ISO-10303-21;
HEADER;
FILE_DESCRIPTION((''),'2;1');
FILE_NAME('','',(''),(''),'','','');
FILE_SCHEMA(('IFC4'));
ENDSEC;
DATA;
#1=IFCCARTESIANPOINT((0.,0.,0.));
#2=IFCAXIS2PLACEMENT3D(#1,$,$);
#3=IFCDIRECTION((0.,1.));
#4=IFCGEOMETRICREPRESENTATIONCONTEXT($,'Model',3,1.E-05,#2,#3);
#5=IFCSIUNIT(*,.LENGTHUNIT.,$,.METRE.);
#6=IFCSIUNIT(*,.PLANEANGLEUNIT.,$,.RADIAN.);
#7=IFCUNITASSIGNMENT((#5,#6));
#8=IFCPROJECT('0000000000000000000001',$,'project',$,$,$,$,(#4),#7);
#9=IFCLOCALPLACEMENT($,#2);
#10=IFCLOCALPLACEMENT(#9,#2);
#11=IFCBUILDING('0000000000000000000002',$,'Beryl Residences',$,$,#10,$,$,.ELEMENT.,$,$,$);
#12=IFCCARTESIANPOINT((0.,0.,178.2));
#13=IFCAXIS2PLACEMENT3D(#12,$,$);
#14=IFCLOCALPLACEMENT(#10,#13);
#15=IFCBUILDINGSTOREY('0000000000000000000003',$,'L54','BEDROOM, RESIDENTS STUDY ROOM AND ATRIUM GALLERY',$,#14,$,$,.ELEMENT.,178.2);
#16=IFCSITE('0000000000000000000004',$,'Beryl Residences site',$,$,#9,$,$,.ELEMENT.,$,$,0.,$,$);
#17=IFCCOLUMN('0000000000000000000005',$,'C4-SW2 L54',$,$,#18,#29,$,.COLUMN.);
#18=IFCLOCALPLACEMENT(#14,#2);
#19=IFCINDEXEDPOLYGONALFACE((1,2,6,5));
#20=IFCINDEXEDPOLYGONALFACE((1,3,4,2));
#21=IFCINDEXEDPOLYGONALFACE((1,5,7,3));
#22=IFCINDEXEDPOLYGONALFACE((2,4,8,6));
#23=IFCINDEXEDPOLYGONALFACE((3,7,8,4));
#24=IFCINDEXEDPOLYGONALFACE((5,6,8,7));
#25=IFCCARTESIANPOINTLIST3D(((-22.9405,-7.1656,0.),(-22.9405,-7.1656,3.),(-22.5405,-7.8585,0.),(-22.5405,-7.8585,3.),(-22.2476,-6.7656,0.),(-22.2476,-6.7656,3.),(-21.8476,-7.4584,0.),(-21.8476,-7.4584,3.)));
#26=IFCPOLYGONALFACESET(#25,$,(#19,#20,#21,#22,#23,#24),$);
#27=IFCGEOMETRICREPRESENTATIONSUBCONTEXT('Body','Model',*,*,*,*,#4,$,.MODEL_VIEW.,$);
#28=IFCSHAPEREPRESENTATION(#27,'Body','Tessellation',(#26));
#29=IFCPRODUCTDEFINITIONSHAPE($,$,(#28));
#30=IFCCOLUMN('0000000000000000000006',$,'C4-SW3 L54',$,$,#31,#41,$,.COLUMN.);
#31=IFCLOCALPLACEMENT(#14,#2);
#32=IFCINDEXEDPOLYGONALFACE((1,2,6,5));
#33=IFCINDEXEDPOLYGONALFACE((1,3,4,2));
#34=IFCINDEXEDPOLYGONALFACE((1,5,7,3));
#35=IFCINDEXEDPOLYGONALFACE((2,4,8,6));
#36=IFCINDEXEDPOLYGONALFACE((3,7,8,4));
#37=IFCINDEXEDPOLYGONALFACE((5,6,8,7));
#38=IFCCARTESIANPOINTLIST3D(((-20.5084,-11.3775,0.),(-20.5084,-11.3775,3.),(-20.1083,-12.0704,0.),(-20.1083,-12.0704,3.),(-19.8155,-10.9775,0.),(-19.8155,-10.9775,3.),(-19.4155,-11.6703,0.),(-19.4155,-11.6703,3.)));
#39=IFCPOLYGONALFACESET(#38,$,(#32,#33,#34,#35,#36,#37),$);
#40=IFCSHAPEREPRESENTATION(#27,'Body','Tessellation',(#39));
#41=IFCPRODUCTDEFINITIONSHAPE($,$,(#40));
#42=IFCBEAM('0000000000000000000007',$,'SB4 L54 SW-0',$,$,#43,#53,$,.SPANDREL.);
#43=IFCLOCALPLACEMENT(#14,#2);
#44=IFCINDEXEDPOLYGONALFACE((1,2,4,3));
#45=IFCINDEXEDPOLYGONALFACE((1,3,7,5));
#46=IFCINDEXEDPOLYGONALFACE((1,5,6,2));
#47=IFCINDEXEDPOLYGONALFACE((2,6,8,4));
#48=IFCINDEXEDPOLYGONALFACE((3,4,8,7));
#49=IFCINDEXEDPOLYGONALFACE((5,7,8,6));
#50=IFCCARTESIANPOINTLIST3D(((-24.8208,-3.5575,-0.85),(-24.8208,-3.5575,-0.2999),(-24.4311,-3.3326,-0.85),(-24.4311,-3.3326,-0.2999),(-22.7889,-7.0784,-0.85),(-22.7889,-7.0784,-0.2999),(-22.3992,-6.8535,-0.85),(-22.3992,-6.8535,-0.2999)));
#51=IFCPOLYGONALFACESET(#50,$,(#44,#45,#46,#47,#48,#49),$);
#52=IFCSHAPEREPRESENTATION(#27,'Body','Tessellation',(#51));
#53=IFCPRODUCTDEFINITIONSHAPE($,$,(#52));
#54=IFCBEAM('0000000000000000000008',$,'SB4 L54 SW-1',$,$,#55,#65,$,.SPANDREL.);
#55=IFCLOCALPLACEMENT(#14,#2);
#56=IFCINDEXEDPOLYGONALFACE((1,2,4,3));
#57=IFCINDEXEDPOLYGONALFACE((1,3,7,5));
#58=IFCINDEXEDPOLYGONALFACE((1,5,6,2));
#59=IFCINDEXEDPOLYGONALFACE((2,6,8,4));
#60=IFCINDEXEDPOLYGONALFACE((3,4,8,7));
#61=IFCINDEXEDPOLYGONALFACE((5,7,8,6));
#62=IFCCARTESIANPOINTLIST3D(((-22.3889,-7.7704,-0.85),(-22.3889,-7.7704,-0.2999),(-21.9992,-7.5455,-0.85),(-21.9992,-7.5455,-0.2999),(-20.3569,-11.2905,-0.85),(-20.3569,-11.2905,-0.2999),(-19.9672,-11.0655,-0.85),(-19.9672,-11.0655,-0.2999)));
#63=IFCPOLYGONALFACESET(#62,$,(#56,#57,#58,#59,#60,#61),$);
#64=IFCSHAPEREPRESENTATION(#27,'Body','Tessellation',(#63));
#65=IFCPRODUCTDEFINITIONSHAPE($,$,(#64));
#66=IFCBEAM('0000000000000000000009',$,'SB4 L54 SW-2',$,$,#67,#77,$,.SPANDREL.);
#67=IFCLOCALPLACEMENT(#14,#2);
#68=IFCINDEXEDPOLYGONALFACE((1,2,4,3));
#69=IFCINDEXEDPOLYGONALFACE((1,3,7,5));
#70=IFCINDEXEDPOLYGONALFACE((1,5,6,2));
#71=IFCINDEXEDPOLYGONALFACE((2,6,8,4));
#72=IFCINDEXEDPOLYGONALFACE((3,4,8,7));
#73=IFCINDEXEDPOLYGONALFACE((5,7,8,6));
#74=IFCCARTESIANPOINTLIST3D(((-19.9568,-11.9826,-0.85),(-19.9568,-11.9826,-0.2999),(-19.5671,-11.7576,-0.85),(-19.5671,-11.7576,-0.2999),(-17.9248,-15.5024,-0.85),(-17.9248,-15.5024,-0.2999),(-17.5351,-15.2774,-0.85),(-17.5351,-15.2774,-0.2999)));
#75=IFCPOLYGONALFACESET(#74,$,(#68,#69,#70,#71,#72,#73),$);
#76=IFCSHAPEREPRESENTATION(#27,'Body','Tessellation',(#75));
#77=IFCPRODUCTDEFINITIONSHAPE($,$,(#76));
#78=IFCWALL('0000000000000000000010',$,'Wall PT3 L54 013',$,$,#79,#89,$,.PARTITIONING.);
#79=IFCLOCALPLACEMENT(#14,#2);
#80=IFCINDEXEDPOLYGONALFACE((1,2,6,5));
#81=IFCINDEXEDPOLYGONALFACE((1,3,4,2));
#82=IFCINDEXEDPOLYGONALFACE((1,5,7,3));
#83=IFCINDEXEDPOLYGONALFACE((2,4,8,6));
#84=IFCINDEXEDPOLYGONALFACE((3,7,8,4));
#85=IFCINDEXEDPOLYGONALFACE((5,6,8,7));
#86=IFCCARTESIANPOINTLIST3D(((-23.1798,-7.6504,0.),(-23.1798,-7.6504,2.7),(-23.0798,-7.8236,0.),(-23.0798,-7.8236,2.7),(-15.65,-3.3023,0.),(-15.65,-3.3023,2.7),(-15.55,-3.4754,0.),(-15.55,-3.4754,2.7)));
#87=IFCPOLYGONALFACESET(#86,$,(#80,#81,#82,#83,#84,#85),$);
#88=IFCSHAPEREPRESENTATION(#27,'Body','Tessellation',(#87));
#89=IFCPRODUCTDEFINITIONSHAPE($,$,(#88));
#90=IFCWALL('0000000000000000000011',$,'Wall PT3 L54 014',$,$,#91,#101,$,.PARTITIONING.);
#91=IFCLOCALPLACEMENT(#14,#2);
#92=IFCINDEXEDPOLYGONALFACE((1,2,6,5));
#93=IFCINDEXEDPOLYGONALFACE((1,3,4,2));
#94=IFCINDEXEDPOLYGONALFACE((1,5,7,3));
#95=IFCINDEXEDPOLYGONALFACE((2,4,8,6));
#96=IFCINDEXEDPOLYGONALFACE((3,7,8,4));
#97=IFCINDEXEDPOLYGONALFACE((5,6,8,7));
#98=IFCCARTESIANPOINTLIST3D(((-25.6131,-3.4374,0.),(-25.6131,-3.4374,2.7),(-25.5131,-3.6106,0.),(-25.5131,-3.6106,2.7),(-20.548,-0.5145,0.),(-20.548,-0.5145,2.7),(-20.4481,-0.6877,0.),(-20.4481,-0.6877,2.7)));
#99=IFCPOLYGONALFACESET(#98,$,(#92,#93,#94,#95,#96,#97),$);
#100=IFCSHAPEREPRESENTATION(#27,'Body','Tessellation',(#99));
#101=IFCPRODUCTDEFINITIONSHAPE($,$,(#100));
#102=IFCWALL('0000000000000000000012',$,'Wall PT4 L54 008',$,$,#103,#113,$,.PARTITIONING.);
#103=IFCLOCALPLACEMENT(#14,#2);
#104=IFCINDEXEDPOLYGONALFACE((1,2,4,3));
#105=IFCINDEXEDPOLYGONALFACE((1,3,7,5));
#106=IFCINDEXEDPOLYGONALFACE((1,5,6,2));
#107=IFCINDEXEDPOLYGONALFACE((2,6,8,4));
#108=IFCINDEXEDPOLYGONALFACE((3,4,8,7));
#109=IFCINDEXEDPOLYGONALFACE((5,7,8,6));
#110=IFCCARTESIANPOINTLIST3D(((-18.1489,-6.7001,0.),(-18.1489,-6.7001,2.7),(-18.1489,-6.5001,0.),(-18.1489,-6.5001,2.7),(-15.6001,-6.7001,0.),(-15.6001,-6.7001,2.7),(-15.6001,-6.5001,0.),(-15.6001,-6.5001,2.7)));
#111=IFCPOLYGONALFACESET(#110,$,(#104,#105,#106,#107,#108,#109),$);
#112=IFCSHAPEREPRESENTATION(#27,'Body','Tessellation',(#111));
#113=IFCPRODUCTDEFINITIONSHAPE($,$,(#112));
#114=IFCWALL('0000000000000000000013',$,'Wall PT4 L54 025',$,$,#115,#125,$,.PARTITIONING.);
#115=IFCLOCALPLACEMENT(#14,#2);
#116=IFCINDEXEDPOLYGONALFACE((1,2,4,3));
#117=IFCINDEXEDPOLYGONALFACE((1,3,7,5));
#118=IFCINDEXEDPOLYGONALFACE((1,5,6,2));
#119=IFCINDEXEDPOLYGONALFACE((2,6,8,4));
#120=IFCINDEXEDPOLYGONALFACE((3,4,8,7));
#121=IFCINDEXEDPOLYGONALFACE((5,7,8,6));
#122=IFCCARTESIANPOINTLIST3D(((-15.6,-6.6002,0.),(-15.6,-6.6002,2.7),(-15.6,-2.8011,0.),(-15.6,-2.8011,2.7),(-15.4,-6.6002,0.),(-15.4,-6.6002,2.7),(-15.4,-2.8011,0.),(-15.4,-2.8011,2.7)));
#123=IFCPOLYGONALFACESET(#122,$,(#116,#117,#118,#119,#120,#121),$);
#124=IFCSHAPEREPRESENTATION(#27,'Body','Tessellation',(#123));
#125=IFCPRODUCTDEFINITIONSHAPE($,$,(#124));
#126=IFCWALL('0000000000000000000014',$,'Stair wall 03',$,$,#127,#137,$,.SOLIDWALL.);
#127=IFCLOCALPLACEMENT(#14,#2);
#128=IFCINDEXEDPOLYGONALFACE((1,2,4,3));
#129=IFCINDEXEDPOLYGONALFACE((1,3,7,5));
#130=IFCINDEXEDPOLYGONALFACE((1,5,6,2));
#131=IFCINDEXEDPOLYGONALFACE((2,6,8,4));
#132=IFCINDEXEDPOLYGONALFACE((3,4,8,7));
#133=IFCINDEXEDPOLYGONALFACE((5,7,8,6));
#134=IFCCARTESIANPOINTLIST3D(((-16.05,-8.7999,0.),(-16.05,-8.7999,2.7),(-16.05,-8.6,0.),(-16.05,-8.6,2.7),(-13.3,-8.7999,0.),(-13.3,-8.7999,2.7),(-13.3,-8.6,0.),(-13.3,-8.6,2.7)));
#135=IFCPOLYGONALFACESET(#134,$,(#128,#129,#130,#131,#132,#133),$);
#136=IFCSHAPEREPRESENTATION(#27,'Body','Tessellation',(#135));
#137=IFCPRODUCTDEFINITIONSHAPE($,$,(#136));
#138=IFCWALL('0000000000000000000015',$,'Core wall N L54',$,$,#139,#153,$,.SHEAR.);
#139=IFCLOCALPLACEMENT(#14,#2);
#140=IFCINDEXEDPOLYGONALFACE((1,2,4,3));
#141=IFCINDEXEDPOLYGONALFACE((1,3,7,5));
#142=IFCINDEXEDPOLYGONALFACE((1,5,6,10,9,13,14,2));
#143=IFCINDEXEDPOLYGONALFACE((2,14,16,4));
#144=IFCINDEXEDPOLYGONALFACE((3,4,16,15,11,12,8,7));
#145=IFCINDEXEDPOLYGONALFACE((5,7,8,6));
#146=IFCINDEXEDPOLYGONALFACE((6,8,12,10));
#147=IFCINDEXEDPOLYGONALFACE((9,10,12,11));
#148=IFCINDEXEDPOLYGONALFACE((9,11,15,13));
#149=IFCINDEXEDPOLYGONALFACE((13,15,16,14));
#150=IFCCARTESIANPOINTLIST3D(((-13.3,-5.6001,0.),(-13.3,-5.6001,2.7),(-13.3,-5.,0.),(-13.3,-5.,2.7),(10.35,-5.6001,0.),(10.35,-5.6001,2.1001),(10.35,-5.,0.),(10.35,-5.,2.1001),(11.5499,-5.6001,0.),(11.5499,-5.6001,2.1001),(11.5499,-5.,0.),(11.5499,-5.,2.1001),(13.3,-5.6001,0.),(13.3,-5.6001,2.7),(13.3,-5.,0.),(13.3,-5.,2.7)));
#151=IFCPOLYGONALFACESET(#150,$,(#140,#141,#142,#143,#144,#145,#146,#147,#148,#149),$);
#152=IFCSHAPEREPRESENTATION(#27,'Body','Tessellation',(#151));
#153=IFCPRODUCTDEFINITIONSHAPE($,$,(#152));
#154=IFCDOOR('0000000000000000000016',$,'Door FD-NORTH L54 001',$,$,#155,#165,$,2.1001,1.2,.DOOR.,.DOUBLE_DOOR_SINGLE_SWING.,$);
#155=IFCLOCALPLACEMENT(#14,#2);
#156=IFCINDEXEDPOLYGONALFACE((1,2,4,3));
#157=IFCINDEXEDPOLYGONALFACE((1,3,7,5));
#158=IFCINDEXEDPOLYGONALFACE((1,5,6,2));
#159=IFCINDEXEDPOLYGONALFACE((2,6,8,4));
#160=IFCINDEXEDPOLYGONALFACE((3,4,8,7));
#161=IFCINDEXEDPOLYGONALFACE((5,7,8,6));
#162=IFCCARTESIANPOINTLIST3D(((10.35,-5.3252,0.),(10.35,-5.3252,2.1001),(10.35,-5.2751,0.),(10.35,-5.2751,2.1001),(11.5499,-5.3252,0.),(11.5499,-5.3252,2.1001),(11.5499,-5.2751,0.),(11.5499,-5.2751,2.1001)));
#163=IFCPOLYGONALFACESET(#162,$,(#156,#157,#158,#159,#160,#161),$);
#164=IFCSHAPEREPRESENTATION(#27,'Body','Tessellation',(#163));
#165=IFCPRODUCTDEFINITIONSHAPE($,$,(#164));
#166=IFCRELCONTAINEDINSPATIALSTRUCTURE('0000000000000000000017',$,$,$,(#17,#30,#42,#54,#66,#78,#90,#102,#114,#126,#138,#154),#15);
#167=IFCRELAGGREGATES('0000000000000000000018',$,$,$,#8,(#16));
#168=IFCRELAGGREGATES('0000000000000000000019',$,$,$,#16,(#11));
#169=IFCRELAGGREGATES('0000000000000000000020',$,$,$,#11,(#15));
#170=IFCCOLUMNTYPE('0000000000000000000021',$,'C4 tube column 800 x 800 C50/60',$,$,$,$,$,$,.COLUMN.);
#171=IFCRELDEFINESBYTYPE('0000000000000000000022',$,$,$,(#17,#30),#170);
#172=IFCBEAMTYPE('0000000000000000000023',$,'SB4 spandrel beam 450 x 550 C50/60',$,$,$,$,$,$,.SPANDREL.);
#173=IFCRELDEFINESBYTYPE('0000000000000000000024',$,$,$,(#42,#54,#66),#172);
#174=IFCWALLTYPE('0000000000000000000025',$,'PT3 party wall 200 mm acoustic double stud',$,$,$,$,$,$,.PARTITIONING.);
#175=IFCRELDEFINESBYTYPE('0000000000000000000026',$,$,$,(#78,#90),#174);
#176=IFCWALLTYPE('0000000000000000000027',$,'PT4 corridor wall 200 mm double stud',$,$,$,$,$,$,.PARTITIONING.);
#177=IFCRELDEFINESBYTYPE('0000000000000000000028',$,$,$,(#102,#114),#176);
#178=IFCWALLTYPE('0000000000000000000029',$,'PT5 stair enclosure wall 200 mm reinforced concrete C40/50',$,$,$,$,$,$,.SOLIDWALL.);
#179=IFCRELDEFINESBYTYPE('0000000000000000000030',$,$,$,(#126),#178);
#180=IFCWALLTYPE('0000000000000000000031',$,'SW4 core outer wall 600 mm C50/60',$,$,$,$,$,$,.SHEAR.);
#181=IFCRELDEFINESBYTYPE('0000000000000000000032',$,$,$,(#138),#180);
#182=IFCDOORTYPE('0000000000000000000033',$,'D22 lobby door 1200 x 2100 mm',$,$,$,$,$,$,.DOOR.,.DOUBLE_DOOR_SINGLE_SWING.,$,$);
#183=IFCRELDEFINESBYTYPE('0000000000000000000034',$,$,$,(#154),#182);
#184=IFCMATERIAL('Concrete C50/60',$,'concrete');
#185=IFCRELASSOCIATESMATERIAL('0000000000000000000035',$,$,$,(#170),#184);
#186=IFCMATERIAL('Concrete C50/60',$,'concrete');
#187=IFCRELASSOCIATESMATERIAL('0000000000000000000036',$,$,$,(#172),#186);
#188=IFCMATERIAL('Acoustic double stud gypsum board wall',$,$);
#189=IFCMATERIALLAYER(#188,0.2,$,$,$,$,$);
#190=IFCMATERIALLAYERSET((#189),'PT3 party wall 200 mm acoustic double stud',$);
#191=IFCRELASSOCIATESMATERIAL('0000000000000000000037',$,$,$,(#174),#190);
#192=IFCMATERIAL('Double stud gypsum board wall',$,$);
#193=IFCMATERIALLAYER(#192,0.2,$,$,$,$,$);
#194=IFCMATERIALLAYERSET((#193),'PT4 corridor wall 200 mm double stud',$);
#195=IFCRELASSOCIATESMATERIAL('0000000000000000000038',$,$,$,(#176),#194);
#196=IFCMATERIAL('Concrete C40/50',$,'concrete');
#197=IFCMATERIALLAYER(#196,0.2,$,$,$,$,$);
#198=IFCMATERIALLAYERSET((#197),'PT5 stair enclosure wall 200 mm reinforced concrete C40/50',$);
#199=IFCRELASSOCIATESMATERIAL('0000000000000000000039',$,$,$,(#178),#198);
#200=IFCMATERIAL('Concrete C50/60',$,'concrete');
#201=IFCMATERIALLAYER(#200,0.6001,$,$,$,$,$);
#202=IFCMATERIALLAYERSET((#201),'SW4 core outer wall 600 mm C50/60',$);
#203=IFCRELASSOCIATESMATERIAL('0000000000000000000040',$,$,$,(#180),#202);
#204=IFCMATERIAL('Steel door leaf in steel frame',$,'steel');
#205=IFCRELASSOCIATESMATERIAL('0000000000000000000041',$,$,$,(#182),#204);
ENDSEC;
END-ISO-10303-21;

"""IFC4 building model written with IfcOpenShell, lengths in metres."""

from ifc_helpers import new_model, si_unit, direction, frame, frame_2d, origin, origin_2d, place, context, subcontext, project, spatial, rectangle, extrude, material, layer, layer_set, material_profile, profile_set, type_object, element, fill, save


model = new_model("IFC4")

# Units and contexts
model_context = context("Model", 3, precision=1e-05, world=origin(), true_north=direction((0.0, 1.0)))
body_context = subcontext(model_context, "Body", "Model", "MODEL_VIEW")
ifc_project = project(units=[si_unit("LENGTHUNIT", "METRE"), si_unit("PLANEANGLEUNIT", "RADIAN")], contexts=[model_context])

# Site, building, storey
site_placement = place(None, origin())
site = spatial("IfcSite", under=ifc_project, at=site_placement, Name="Beryl Residences site", CompositionType="ELEMENT", RefElevation=0.0)
building_placement = place(site_placement, origin())
building = spatial("IfcBuilding", under=site, at=building_placement, Name="Beryl Residences", CompositionType="ELEMENT")
storey_placement = place(building_placement, frame((0.0, 0.0, 178.2)))
storey = spatial("IfcBuildingStorey", under=building, at=storey_placement, Name="L54", Description="BEDROOM, RESIDENTS STUDY ROOM AND ATRIUM GALLERY", CompositionType="ELEMENT", Elevation=178.2)

# Columns
ifc_material_1 = material(Name="Concrete C50/60", Category="concrete")
ifc_material_profile_1 = material_profile(ifc_material_1, rectangle(XDim=0.8, YDim=0.8, at=origin_2d()))
ifc_profile_set_1 = profile_set([ifc_material_profile_1], Name="Concrete C50/60")
column_type = type_object("IfcColumnType", Name="C4 tube column 800 x 800 C50/60", PredefinedType="COLUMN", material=ifc_profile_set_1)
for number, where, z_axis, x_axis, name in (
    (1, (-22.394, -7.312, 0.0), (0.0, 0.0, 1.0), (0.5, -0.866025, 0.0), "C4-SW2 L54"),
    (2, (-19.9619, -11.5239, 0.0), (0.0, 0.0, 1.0), (0.5, -0.866025, 0.0), "C4-SW3 L54"),
):
    element("IfcColumn", number, at=place(storey_placement, frame(where, z_axis=z_axis, x_axis=x_axis)), inside=storey, type_object=column_type, Name=name, PredefinedType="COLUMN", context=body_context, shape_type="SweptSolid", body=[
        extrude(rectangle(XDim=0.8, YDim=0.8, at=origin_2d()), origin(), (0.0, 0.0, 1.0), 3.0),
    ])

# Beams
ifc_material_2 = material(Name="Concrete C50/60", Category="concrete")
ifc_material_profile_2 = material_profile(ifc_material_2, rectangle(XDim=0.45, YDim=0.55, at=origin_2d()))
ifc_profile_set_2 = profile_set([ifc_material_profile_2], Name="Concrete C50/60")
beam_type = type_object("IfcBeamType", Name="SB4 spandrel beam 450 x 550 C50/60", PredefinedType="SPANDREL", material=ifc_profile_set_2)
beam_1_placement = place(storey_placement, frame((-24.626, -3.4451, -0.575), z_axis=(0.49984, -0.866118, 0.0), x_axis=(0.866118, 0.49984, 0.0)))
element("IfcBeam", 3, at=beam_1_placement, inside=storey, type_object=beam_type, Name="SB4 L54 SW-0", PredefinedType="SPANDREL", context=body_context, shape_type="SweptSolid", body=[
    extrude(rectangle(XDim=0.45, YDim=0.55, at=origin_2d()), origin(), (0.0, 0.0, 1.0), 4.0652),
])
beam_2_placement = place(storey_placement, frame((-22.1941, -7.658, -0.575), z_axis=(0.499944, -0.866058, 0.0), x_axis=(0.866058, 0.499944, 0.0)))
element("IfcBeam", 4, at=beam_2_placement, inside=storey, type_object=beam_type, Name="SB4 L54 SW-1", PredefinedType="SPANDREL", context=body_context, shape_type="SweptSolid", body=[
    extrude(rectangle(XDim=0.45, YDim=0.55, at=origin_2d()), origin(), (0.0, 0.0, 1.0), 4.0645),
])
beam_3_placement = place(storey_placement, frame((-19.762, -11.8701, -0.575), z_axis=(0.49997, -0.866043, 0.0), x_axis=(0.866043, 0.49997, 0.0)))
element("IfcBeam", 5, at=beam_3_placement, inside=storey, type_object=beam_type, Name="SB4 L54 SW-2", PredefinedType="SPANDREL", context=body_context, shape_type="SweptSolid", body=[
    extrude(rectangle(XDim=0.45, YDim=0.55, at=origin_2d()), origin(), (0.0, 0.0, 1.0), 4.0642),
])

# Walls
ifc_material_3 = material(Name="Acoustic double stud gypsum board wall")
ifc_layer_1 = layer(ifc_material_3, 0.2)
ifc_layer_set_1 = layer_set([ifc_layer_1], Name="PT3 party wall 200 mm acoustic double stud")
wall_type_1 = type_object("IfcWallType", Name="PT3 party wall 200 mm acoustic double stud", PredefinedType="PARTITIONING", material=ifc_layer_set_1)
wall_1_placement = place(storey_placement, frame((-23.1299, -7.7371, 0.0), z_axis=(0.0, 0.0, 1.0), x_axis=(0.865985, 0.500071, 0.0)))
element("IfcWall", 6, at=wall_1_placement, inside=storey, type_object=wall_type_1, Name="Wall PT3 L54 013", PredefinedType="PARTITIONING", context=body_context, shape_type="SweptSolid", body=[
    extrude(rectangle(XDim=8.6951, YDim=0.2, at=frame_2d((4.3477, 0.0))), origin(), (0.0, 0.0, 1.0), 2.7),
])
wall_2_placement = place(storey_placement, frame((-25.563, -3.5239, 0.0), z_axis=(0.0, 0.0, 1.0), x_axis=(0.866129, 0.499821, 0.0)))
element("IfcWall", 7, at=wall_2_placement, inside=storey, type_object=wall_type_1, Name="Wall PT3 L54 014", PredefinedType="PARTITIONING", context=body_context, shape_type="SweptSolid", body=[
    extrude(rectangle(XDim=5.8479, YDim=0.2, at=frame_2d((2.9238, 0.0))), origin(), (0.0, 0.0, 1.0), 2.7),
])
ifc_material_4 = material(Name="Double stud gypsum board wall")
ifc_layer_2 = layer(ifc_material_4, 0.2)
ifc_layer_set_2 = layer_set([ifc_layer_2], Name="PT4 corridor wall 200 mm double stud")
wall_type_2 = type_object("IfcWallType", Name="PT4 corridor wall 200 mm double stud", PredefinedType="PARTITIONING", material=ifc_layer_set_2)
wall_3_placement = place(storey_placement, frame((-18.1489, -6.6001, 0.0), z_axis=(0.0, 0.0, 1.0), x_axis=(1.0, 0.0, 0.0)))
element("IfcWall", 8, at=wall_3_placement, inside=storey, type_object=wall_type_2, Name="Wall PT4 L54 008", PredefinedType="PARTITIONING", context=body_context, shape_type="SweptSolid", body=[
    extrude(rectangle(XDim=2.5488, YDim=0.2, at=frame_2d((1.2744, 0.0))), origin(), (0.0, 0.0, 1.0), 2.7),
])
wall_4_placement = place(storey_placement, frame((-15.5, -6.6001, 0.0), z_axis=(0.0, 0.0, 1.0), x_axis=(0.0, 1.0, 0.0)))
element("IfcWall", 9, at=wall_4_placement, inside=storey, type_object=wall_type_2, Name="Wall PT4 L54 025", PredefinedType="PARTITIONING", context=body_context, shape_type="SweptSolid", body=[
    extrude(rectangle(XDim=3.7991, YDim=0.2, at=frame_2d((1.8994, 0.0))), origin(), (0.0, 0.0, 1.0), 2.7),
])
ifc_material_5 = material(Name="Concrete C40/50", Category="concrete")
ifc_layer_3 = layer(ifc_material_5, 0.2)
ifc_layer_set_3 = layer_set([ifc_layer_3], Name="PT5 stair enclosure wall 200 mm reinforced concrete C40/50")
wall_type_3 = type_object("IfcWallType", Name="PT5 stair enclosure wall 200 mm reinforced concrete C40/50", PredefinedType="SOLIDWALL", material=ifc_layer_set_3)
wall_5_placement = place(storey_placement, frame((-16.05, -8.7, 0.0), z_axis=(0.0, 0.0, 1.0), x_axis=(1.0, 0.0, 0.0)))
element("IfcWall", 10, at=wall_5_placement, inside=storey, type_object=wall_type_3, Name="Stair wall 03", PredefinedType="SOLIDWALL", context=body_context, shape_type="SweptSolid", body=[
    extrude(rectangle(XDim=2.75, YDim=0.2, at=frame_2d((1.375, 0.0))), origin(), (0.0, 0.0, 1.0), 2.7),
])

# Wall, opening, door
ifc_material_6 = material(Name="Concrete C50/60", Category="concrete")
ifc_layer_4 = layer(ifc_material_6, 0.6001)
ifc_layer_set_4 = layer_set([ifc_layer_4], Name="SW4 core outer wall 600 mm C50/60")
wall_type_4 = type_object("IfcWallType", Name="SW4 core outer wall 600 mm C50/60", PredefinedType="SHEAR", material=ifc_layer_set_4)
wall_6_placement = place(storey_placement, frame((-13.3, -5.3, 0.0), z_axis=(0.0, 0.0, 1.0), x_axis=(1.0, 0.0, 0.0)))
wall_6 = element("IfcWall", 11, at=wall_6_placement, inside=storey, type_object=wall_type_4, Name="Core wall N L54", PredefinedType="SHEAR", context=body_context, shape_type="SweptSolid", body=[
    extrude(rectangle(XDim=26.6001, YDim=0.6001, at=frame_2d((13.3, 0.0))), origin(), (0.0, 0.0, 1.0), 2.7),
])
opening_placement = place(wall_6_placement, frame((23.6499, 0.0, 0.0)))
opening = element("IfcOpeningElement", 12, at=opening_placement, cuts=wall_6, PredefinedType="OPENING", context=body_context, shape_type="SweptSolid", body=[
    extrude(rectangle(XDim=1.2, YDim=2.1001, at=frame_2d((0.6001, 1.05))), frame((0.0, 0.3101, 0.0), z_axis=(0.0, -1.0, 0.0), x_axis=(1.0, 0.0, 0.0)), (0.0, 0.0, 1.0), 0.6201),
])
ifc_material_7 = material(Name="Steel door leaf in steel frame", Category="steel")
door_type = type_object("IfcDoorType", Name="D22 lobby door 1200 x 2100 mm", OperationType="DOUBLE_DOOR_SINGLE_SWING", PredefinedType="DOOR", material=ifc_material_7)
door_placement = place(opening_placement, origin())
door = element("IfcDoor", 13, at=door_placement, inside=storey, type_object=door_type, Name="Door FD-NORTH L54 001", OperationType="DOUBLE_DOOR_SINGLE_SWING", OverallHeight=2.1001, OverallWidth=1.2, PredefinedType="DOOR", context=body_context, shape_type="SweptSolid", body=[
    extrude(rectangle(XDim=1.2, YDim=2.1001, at=frame_2d((0.6001, 1.05))), frame((0.0, 0.0249, 0.0), z_axis=(0.0, -1.0, 0.0), x_axis=(1.0, 0.0, 0.0)), (0.0, 0.0, 1.0), 0.05),
])
fill(opening, door)

save(model, "model.ifc")
